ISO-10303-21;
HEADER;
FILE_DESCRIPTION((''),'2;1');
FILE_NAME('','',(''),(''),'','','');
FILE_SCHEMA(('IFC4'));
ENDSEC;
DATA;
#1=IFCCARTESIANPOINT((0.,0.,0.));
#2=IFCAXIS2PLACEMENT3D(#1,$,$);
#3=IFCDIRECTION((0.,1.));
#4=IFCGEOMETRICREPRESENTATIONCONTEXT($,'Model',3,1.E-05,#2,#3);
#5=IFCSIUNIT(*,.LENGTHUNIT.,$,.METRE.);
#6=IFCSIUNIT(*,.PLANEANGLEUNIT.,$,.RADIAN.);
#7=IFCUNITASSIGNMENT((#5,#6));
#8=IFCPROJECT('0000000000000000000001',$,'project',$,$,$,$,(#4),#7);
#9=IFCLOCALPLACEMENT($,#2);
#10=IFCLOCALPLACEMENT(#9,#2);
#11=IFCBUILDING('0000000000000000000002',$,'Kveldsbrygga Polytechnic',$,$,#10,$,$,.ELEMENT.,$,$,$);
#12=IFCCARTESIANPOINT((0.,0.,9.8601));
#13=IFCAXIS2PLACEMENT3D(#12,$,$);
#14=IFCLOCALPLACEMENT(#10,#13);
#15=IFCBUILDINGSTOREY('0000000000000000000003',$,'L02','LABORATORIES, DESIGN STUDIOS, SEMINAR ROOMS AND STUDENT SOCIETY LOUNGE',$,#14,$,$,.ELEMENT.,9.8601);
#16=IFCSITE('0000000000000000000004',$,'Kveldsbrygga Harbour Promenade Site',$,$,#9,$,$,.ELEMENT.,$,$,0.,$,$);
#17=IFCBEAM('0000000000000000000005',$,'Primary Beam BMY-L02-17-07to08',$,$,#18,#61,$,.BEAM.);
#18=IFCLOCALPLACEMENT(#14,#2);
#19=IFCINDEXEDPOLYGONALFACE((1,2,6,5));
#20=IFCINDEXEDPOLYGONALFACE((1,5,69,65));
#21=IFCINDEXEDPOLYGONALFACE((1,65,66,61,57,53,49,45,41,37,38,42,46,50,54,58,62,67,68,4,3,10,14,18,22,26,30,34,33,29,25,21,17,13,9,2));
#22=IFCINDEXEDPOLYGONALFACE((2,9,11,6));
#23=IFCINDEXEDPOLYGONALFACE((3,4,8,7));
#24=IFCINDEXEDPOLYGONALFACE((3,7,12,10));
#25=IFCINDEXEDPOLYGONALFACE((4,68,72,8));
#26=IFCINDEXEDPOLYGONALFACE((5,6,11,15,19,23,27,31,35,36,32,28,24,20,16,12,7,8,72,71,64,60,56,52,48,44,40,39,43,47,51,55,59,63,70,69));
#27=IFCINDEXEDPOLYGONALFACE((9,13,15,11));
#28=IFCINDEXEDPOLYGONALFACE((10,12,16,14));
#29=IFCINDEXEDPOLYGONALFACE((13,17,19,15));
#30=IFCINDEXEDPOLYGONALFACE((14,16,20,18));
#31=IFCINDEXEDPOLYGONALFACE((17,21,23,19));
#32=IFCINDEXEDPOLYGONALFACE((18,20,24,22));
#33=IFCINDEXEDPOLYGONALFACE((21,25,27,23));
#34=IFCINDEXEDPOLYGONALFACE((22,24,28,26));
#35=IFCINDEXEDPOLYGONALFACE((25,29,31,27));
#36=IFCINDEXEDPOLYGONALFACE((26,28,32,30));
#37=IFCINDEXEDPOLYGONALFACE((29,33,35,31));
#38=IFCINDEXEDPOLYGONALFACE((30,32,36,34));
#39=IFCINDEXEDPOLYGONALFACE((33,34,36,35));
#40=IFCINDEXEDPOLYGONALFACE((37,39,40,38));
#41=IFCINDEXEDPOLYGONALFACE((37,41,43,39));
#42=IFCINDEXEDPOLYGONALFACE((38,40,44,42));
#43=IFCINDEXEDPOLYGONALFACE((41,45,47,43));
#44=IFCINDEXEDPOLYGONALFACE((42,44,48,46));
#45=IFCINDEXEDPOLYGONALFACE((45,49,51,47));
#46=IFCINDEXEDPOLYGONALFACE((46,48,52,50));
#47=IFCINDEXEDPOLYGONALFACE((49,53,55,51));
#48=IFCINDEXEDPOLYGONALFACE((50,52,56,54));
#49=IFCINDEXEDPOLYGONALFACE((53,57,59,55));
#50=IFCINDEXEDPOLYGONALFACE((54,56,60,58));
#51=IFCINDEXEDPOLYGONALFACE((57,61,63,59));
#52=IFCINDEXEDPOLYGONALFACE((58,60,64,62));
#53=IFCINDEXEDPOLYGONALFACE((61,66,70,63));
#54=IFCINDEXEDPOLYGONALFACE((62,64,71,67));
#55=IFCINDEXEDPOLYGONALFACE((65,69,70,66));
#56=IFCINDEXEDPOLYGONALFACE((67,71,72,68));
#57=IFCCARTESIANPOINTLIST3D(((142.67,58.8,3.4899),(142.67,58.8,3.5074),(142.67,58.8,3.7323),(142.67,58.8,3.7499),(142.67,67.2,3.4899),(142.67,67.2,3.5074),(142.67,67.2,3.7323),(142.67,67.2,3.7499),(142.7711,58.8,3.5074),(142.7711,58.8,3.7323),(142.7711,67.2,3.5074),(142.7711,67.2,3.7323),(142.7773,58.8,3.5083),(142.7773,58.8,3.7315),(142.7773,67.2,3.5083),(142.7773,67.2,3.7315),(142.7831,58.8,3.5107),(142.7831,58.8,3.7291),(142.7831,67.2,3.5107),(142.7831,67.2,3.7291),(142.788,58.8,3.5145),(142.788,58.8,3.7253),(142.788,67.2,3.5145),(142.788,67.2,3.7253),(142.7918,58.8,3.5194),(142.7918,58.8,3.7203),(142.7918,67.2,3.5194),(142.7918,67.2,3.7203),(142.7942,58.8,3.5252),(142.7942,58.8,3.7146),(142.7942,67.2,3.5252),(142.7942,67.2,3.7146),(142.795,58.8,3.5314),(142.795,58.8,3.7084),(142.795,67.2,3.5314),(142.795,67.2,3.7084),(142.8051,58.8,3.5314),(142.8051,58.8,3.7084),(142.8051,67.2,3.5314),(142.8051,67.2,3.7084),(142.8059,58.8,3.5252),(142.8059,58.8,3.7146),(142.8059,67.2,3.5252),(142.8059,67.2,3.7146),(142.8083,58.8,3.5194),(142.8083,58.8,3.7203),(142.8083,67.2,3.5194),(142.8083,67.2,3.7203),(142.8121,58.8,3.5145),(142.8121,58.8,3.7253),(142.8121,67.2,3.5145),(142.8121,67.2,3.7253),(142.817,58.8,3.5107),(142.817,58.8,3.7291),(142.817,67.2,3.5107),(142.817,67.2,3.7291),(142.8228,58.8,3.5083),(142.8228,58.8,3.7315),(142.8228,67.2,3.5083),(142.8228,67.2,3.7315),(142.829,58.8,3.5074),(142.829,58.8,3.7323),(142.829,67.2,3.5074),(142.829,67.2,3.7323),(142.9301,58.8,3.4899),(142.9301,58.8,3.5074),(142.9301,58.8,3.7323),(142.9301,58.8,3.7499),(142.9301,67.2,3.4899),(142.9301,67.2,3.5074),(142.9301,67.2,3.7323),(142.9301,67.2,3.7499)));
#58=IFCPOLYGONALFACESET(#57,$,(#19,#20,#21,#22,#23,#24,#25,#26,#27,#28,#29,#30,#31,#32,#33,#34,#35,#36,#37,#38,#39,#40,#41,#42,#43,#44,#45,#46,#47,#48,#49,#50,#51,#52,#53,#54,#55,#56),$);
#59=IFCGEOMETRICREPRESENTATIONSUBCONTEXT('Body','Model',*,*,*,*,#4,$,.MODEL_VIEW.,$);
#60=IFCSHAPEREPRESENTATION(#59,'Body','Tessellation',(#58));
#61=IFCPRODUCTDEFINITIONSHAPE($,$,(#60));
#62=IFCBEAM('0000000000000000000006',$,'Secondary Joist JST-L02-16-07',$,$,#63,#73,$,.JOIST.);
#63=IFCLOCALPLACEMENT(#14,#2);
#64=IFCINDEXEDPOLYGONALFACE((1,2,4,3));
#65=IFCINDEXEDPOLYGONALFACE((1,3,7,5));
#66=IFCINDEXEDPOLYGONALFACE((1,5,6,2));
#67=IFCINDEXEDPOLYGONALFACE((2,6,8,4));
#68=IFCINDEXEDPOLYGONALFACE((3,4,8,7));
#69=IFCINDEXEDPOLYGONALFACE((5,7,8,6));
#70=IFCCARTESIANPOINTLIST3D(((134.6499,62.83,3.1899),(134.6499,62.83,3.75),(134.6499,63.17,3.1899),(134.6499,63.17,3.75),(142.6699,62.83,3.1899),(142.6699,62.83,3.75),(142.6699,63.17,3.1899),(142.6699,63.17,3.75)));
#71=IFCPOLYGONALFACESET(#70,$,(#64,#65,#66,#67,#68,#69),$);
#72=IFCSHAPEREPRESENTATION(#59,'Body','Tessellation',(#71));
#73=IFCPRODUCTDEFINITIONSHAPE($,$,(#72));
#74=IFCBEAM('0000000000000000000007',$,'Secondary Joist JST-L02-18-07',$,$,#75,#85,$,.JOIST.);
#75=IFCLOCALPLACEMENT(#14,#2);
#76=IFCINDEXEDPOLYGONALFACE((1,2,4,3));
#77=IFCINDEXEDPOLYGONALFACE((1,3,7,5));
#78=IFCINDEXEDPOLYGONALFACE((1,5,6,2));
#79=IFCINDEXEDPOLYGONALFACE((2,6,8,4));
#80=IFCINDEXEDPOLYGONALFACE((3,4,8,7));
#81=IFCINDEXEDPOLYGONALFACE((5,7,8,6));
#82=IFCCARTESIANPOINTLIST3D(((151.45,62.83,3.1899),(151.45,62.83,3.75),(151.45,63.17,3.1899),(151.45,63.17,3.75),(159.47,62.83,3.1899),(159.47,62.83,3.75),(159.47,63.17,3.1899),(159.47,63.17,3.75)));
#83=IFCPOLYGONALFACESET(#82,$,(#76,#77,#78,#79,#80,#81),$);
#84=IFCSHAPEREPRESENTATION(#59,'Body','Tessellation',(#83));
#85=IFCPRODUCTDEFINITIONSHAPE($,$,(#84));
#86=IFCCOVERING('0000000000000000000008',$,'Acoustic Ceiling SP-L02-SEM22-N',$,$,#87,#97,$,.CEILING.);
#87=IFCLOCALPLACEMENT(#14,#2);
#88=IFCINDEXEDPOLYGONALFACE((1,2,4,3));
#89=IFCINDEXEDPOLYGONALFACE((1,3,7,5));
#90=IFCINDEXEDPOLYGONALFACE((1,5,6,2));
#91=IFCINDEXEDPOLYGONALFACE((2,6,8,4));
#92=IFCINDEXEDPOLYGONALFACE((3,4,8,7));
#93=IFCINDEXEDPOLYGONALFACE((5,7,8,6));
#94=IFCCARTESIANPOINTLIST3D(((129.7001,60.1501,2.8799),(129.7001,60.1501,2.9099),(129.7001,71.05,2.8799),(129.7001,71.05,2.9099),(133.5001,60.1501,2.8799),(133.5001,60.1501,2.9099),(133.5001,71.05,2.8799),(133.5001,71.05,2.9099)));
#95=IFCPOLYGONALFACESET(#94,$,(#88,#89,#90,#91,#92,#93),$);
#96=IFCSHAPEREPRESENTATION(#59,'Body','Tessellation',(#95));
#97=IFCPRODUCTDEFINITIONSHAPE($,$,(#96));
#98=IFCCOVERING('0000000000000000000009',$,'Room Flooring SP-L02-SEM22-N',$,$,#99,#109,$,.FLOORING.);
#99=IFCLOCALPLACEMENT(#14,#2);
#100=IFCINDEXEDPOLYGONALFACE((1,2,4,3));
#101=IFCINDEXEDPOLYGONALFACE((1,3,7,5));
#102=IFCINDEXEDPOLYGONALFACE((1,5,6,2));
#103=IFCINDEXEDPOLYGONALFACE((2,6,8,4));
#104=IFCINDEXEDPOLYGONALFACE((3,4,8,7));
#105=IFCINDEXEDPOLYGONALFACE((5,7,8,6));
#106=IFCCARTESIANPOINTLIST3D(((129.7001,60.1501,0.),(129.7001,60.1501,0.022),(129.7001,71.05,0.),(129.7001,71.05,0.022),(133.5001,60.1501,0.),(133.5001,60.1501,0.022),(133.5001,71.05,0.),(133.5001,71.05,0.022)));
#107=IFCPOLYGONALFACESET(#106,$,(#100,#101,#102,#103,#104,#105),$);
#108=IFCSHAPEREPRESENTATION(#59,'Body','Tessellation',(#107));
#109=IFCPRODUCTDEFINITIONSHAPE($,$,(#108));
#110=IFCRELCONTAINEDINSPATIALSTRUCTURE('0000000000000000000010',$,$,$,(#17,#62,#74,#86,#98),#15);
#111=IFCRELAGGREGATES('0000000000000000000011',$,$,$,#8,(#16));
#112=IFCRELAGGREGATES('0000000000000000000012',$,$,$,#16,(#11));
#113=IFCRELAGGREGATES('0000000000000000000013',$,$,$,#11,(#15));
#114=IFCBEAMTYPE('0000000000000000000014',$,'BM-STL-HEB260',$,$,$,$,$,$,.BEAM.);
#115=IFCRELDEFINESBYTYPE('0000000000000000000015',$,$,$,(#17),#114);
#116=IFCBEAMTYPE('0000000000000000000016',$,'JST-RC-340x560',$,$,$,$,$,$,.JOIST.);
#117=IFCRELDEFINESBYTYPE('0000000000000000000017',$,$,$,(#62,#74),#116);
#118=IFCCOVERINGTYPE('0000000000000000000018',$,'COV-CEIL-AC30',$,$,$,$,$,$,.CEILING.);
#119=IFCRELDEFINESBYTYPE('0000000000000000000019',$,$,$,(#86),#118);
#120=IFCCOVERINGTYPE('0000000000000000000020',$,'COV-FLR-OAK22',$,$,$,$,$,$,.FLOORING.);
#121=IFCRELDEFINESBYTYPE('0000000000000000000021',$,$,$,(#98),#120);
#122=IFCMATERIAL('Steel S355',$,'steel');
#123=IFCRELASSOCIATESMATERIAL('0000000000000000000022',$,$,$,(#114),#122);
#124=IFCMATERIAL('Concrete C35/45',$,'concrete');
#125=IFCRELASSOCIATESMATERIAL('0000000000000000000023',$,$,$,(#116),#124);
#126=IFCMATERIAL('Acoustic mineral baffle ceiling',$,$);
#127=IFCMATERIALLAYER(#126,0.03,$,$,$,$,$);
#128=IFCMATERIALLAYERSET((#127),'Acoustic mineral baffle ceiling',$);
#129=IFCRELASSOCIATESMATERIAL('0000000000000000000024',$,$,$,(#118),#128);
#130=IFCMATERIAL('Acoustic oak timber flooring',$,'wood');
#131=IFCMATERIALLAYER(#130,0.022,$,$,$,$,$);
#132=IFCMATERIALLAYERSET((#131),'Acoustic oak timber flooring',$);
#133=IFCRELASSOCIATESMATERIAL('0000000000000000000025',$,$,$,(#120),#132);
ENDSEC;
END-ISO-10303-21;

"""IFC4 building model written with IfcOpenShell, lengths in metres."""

from ifc_helpers import new_model, si_unit, direction, frame, origin, origin_2d, place, context, subcontext, project, spatial, rectangle, i_section, extrude, material, layer, layer_set, material_profile, profile_set, type_object, element, save


model = new_model("IFC4")

# Units and contexts
model_context = context("Model", 3, precision=1e-05, world=origin(), true_north=direction((0.0, 1.0)))
body_context = subcontext(model_context, "Body", "Model", "MODEL_VIEW")
ifc_project = project(units=[si_unit("LENGTHUNIT", "METRE"), si_unit("PLANEANGLEUNIT", "RADIAN")], contexts=[model_context])

# Site, building, storey
site_placement = place(None, origin())
site = spatial("IfcSite", under=ifc_project, at=site_placement, Name="Kveldsbrygga Harbour Promenade Site", CompositionType="ELEMENT", RefElevation=0.0)
building_placement = place(site_placement, origin())
building = spatial("IfcBuilding", under=site, at=building_placement, Name="Kveldsbrygga Polytechnic", CompositionType="ELEMENT")
storey_placement = place(building_placement, frame((0.0, 0.0, 9.8601)))
storey = spatial("IfcBuildingStorey", under=building, at=storey_placement, Name="L02", Description="LABORATORIES, DESIGN STUDIOS, SEMINAR ROOMS AND STUDENT SOCIETY LOUNGE", CompositionType="ELEMENT", Elevation=9.8601)

# Beams
ifc_material_1 = material(Name="Concrete C35/45", Category="concrete")
ifc_material_2 = material(Name="Steel S355", Category="steel")
ifc_material_profile_1 = material_profile(ifc_material_2, i_section(OverallWidth=0.26, OverallDepth=0.26, WebThickness=0.01, FlangeThickness=0.0176, FilletRadius=0.0239, at=origin_2d()), Name="HEB 260")
ifc_profile_set_1 = profile_set([ifc_material_profile_1], Name="Steel S355")
beam_type_1 = type_object("IfcBeamType", Name="BM-STL-HEB260", PredefinedType="BEAM", material=ifc_profile_set_1)
beam_1_placement = place(storey_placement, frame((142.8, 58.8, 3.6199), z_axis=(0.0, 1.0, 0.0), x_axis=(-1.0, 0.0, 0.0)))
element("IfcBeam", 1, at=beam_1_placement, inside=storey, type_object=beam_type_1, Name="Primary Beam BMY-L02-17-07to08", PredefinedType="BEAM", context=body_context, shape_type="SweptSolid", body=[
    extrude(i_section(OverallWidth=0.26, OverallDepth=0.26, WebThickness=0.01, FlangeThickness=0.0176, FilletRadius=0.0239, at=origin_2d()), origin(), (0.0, 0.0, 1.0), 8.3999),
])
ifc_material_profile_2 = material_profile(ifc_material_1, rectangle(XDim=0.3401, YDim=0.5601, at=origin_2d()), Name="RC 340x560")
ifc_profile_set_2 = profile_set([ifc_material_profile_2], Name="Concrete C35/45")
beam_type_2 = type_object("IfcBeamType", Name="JST-RC-340x560", PredefinedType="JOIST", material=ifc_profile_set_2)
for number, where, z_axis, x_axis, name in (
    (2, (134.6499, 63.0, 3.47), (1.0, 0.0, 0.0), (0.0, 1.0, 0.0), "Secondary Joist JST-L02-16-07"),
    (3, (151.45, 63.0, 3.47), (1.0, 0.0, 0.0), (0.0, 1.0, 0.0), "Secondary Joist JST-L02-18-07"),
):
    element("IfcBeam", number, at=place(storey_placement, frame(where, z_axis=z_axis, x_axis=x_axis)), inside=storey, type_object=beam_type_2, Name=name, PredefinedType="JOIST", context=body_context, shape_type="SweptSolid", body=[
        extrude(rectangle(XDim=0.3401, YDim=0.5601, at=origin_2d()), origin(), (0.0, 0.0, 1.0), 8.02),
    ])

# Coverings
ifc_material_3 = material(Name="Acoustic mineral baffle ceiling")
ifc_layer_1 = layer(ifc_material_3, 0.03)
ifc_layer_set_1 = layer_set([ifc_layer_1], Name="Acoustic mineral baffle ceiling")
covering_type_1 = type_object("IfcCoveringType", Name="COV-CEIL-AC30", PredefinedType="CEILING", material=ifc_layer_set_1)
covering_1_placement = place(storey_placement, frame((131.6001, 65.6001, 2.8799), z_axis=(0.0, 0.0, 1.0), x_axis=(1.0, 0.0, 0.0)))
element("IfcCovering", 4, at=covering_1_placement, inside=storey, type_object=covering_type_1, Name="Acoustic Ceiling SP-L02-SEM22-N", PredefinedType="CEILING", context=body_context, shape_type="SweptSolid", body=[
    extrude(rectangle(XDim=3.8, YDim=10.8999, at=origin_2d()), origin(), (0.0, 0.0, 1.0), 0.03),
])
ifc_material_4 = material(Name="Acoustic oak timber flooring", Category="wood")
ifc_layer_2 = layer(ifc_material_4, 0.022)
ifc_layer_set_2 = layer_set([ifc_layer_2], Name="Acoustic oak timber flooring")
covering_type_2 = type_object("IfcCoveringType", Name="COV-FLR-OAK22", PredefinedType="FLOORING", material=ifc_layer_set_2)
covering_2_placement = place(storey_placement, frame((131.6001, 65.6001, 0.0), z_axis=(0.0, 0.0, 1.0), x_axis=(1.0, 0.0, 0.0)))
element("IfcCovering", 5, at=covering_2_placement, inside=storey, type_object=covering_type_2, Name="Room Flooring SP-L02-SEM22-N", PredefinedType="FLOORING", context=body_context, shape_type="SweptSolid", body=[
    extrude(rectangle(XDim=3.8, YDim=10.8999, at=origin_2d()), origin(), (0.0, 0.0, 1.0), 0.022),
])

save(model, "model.ifc")
